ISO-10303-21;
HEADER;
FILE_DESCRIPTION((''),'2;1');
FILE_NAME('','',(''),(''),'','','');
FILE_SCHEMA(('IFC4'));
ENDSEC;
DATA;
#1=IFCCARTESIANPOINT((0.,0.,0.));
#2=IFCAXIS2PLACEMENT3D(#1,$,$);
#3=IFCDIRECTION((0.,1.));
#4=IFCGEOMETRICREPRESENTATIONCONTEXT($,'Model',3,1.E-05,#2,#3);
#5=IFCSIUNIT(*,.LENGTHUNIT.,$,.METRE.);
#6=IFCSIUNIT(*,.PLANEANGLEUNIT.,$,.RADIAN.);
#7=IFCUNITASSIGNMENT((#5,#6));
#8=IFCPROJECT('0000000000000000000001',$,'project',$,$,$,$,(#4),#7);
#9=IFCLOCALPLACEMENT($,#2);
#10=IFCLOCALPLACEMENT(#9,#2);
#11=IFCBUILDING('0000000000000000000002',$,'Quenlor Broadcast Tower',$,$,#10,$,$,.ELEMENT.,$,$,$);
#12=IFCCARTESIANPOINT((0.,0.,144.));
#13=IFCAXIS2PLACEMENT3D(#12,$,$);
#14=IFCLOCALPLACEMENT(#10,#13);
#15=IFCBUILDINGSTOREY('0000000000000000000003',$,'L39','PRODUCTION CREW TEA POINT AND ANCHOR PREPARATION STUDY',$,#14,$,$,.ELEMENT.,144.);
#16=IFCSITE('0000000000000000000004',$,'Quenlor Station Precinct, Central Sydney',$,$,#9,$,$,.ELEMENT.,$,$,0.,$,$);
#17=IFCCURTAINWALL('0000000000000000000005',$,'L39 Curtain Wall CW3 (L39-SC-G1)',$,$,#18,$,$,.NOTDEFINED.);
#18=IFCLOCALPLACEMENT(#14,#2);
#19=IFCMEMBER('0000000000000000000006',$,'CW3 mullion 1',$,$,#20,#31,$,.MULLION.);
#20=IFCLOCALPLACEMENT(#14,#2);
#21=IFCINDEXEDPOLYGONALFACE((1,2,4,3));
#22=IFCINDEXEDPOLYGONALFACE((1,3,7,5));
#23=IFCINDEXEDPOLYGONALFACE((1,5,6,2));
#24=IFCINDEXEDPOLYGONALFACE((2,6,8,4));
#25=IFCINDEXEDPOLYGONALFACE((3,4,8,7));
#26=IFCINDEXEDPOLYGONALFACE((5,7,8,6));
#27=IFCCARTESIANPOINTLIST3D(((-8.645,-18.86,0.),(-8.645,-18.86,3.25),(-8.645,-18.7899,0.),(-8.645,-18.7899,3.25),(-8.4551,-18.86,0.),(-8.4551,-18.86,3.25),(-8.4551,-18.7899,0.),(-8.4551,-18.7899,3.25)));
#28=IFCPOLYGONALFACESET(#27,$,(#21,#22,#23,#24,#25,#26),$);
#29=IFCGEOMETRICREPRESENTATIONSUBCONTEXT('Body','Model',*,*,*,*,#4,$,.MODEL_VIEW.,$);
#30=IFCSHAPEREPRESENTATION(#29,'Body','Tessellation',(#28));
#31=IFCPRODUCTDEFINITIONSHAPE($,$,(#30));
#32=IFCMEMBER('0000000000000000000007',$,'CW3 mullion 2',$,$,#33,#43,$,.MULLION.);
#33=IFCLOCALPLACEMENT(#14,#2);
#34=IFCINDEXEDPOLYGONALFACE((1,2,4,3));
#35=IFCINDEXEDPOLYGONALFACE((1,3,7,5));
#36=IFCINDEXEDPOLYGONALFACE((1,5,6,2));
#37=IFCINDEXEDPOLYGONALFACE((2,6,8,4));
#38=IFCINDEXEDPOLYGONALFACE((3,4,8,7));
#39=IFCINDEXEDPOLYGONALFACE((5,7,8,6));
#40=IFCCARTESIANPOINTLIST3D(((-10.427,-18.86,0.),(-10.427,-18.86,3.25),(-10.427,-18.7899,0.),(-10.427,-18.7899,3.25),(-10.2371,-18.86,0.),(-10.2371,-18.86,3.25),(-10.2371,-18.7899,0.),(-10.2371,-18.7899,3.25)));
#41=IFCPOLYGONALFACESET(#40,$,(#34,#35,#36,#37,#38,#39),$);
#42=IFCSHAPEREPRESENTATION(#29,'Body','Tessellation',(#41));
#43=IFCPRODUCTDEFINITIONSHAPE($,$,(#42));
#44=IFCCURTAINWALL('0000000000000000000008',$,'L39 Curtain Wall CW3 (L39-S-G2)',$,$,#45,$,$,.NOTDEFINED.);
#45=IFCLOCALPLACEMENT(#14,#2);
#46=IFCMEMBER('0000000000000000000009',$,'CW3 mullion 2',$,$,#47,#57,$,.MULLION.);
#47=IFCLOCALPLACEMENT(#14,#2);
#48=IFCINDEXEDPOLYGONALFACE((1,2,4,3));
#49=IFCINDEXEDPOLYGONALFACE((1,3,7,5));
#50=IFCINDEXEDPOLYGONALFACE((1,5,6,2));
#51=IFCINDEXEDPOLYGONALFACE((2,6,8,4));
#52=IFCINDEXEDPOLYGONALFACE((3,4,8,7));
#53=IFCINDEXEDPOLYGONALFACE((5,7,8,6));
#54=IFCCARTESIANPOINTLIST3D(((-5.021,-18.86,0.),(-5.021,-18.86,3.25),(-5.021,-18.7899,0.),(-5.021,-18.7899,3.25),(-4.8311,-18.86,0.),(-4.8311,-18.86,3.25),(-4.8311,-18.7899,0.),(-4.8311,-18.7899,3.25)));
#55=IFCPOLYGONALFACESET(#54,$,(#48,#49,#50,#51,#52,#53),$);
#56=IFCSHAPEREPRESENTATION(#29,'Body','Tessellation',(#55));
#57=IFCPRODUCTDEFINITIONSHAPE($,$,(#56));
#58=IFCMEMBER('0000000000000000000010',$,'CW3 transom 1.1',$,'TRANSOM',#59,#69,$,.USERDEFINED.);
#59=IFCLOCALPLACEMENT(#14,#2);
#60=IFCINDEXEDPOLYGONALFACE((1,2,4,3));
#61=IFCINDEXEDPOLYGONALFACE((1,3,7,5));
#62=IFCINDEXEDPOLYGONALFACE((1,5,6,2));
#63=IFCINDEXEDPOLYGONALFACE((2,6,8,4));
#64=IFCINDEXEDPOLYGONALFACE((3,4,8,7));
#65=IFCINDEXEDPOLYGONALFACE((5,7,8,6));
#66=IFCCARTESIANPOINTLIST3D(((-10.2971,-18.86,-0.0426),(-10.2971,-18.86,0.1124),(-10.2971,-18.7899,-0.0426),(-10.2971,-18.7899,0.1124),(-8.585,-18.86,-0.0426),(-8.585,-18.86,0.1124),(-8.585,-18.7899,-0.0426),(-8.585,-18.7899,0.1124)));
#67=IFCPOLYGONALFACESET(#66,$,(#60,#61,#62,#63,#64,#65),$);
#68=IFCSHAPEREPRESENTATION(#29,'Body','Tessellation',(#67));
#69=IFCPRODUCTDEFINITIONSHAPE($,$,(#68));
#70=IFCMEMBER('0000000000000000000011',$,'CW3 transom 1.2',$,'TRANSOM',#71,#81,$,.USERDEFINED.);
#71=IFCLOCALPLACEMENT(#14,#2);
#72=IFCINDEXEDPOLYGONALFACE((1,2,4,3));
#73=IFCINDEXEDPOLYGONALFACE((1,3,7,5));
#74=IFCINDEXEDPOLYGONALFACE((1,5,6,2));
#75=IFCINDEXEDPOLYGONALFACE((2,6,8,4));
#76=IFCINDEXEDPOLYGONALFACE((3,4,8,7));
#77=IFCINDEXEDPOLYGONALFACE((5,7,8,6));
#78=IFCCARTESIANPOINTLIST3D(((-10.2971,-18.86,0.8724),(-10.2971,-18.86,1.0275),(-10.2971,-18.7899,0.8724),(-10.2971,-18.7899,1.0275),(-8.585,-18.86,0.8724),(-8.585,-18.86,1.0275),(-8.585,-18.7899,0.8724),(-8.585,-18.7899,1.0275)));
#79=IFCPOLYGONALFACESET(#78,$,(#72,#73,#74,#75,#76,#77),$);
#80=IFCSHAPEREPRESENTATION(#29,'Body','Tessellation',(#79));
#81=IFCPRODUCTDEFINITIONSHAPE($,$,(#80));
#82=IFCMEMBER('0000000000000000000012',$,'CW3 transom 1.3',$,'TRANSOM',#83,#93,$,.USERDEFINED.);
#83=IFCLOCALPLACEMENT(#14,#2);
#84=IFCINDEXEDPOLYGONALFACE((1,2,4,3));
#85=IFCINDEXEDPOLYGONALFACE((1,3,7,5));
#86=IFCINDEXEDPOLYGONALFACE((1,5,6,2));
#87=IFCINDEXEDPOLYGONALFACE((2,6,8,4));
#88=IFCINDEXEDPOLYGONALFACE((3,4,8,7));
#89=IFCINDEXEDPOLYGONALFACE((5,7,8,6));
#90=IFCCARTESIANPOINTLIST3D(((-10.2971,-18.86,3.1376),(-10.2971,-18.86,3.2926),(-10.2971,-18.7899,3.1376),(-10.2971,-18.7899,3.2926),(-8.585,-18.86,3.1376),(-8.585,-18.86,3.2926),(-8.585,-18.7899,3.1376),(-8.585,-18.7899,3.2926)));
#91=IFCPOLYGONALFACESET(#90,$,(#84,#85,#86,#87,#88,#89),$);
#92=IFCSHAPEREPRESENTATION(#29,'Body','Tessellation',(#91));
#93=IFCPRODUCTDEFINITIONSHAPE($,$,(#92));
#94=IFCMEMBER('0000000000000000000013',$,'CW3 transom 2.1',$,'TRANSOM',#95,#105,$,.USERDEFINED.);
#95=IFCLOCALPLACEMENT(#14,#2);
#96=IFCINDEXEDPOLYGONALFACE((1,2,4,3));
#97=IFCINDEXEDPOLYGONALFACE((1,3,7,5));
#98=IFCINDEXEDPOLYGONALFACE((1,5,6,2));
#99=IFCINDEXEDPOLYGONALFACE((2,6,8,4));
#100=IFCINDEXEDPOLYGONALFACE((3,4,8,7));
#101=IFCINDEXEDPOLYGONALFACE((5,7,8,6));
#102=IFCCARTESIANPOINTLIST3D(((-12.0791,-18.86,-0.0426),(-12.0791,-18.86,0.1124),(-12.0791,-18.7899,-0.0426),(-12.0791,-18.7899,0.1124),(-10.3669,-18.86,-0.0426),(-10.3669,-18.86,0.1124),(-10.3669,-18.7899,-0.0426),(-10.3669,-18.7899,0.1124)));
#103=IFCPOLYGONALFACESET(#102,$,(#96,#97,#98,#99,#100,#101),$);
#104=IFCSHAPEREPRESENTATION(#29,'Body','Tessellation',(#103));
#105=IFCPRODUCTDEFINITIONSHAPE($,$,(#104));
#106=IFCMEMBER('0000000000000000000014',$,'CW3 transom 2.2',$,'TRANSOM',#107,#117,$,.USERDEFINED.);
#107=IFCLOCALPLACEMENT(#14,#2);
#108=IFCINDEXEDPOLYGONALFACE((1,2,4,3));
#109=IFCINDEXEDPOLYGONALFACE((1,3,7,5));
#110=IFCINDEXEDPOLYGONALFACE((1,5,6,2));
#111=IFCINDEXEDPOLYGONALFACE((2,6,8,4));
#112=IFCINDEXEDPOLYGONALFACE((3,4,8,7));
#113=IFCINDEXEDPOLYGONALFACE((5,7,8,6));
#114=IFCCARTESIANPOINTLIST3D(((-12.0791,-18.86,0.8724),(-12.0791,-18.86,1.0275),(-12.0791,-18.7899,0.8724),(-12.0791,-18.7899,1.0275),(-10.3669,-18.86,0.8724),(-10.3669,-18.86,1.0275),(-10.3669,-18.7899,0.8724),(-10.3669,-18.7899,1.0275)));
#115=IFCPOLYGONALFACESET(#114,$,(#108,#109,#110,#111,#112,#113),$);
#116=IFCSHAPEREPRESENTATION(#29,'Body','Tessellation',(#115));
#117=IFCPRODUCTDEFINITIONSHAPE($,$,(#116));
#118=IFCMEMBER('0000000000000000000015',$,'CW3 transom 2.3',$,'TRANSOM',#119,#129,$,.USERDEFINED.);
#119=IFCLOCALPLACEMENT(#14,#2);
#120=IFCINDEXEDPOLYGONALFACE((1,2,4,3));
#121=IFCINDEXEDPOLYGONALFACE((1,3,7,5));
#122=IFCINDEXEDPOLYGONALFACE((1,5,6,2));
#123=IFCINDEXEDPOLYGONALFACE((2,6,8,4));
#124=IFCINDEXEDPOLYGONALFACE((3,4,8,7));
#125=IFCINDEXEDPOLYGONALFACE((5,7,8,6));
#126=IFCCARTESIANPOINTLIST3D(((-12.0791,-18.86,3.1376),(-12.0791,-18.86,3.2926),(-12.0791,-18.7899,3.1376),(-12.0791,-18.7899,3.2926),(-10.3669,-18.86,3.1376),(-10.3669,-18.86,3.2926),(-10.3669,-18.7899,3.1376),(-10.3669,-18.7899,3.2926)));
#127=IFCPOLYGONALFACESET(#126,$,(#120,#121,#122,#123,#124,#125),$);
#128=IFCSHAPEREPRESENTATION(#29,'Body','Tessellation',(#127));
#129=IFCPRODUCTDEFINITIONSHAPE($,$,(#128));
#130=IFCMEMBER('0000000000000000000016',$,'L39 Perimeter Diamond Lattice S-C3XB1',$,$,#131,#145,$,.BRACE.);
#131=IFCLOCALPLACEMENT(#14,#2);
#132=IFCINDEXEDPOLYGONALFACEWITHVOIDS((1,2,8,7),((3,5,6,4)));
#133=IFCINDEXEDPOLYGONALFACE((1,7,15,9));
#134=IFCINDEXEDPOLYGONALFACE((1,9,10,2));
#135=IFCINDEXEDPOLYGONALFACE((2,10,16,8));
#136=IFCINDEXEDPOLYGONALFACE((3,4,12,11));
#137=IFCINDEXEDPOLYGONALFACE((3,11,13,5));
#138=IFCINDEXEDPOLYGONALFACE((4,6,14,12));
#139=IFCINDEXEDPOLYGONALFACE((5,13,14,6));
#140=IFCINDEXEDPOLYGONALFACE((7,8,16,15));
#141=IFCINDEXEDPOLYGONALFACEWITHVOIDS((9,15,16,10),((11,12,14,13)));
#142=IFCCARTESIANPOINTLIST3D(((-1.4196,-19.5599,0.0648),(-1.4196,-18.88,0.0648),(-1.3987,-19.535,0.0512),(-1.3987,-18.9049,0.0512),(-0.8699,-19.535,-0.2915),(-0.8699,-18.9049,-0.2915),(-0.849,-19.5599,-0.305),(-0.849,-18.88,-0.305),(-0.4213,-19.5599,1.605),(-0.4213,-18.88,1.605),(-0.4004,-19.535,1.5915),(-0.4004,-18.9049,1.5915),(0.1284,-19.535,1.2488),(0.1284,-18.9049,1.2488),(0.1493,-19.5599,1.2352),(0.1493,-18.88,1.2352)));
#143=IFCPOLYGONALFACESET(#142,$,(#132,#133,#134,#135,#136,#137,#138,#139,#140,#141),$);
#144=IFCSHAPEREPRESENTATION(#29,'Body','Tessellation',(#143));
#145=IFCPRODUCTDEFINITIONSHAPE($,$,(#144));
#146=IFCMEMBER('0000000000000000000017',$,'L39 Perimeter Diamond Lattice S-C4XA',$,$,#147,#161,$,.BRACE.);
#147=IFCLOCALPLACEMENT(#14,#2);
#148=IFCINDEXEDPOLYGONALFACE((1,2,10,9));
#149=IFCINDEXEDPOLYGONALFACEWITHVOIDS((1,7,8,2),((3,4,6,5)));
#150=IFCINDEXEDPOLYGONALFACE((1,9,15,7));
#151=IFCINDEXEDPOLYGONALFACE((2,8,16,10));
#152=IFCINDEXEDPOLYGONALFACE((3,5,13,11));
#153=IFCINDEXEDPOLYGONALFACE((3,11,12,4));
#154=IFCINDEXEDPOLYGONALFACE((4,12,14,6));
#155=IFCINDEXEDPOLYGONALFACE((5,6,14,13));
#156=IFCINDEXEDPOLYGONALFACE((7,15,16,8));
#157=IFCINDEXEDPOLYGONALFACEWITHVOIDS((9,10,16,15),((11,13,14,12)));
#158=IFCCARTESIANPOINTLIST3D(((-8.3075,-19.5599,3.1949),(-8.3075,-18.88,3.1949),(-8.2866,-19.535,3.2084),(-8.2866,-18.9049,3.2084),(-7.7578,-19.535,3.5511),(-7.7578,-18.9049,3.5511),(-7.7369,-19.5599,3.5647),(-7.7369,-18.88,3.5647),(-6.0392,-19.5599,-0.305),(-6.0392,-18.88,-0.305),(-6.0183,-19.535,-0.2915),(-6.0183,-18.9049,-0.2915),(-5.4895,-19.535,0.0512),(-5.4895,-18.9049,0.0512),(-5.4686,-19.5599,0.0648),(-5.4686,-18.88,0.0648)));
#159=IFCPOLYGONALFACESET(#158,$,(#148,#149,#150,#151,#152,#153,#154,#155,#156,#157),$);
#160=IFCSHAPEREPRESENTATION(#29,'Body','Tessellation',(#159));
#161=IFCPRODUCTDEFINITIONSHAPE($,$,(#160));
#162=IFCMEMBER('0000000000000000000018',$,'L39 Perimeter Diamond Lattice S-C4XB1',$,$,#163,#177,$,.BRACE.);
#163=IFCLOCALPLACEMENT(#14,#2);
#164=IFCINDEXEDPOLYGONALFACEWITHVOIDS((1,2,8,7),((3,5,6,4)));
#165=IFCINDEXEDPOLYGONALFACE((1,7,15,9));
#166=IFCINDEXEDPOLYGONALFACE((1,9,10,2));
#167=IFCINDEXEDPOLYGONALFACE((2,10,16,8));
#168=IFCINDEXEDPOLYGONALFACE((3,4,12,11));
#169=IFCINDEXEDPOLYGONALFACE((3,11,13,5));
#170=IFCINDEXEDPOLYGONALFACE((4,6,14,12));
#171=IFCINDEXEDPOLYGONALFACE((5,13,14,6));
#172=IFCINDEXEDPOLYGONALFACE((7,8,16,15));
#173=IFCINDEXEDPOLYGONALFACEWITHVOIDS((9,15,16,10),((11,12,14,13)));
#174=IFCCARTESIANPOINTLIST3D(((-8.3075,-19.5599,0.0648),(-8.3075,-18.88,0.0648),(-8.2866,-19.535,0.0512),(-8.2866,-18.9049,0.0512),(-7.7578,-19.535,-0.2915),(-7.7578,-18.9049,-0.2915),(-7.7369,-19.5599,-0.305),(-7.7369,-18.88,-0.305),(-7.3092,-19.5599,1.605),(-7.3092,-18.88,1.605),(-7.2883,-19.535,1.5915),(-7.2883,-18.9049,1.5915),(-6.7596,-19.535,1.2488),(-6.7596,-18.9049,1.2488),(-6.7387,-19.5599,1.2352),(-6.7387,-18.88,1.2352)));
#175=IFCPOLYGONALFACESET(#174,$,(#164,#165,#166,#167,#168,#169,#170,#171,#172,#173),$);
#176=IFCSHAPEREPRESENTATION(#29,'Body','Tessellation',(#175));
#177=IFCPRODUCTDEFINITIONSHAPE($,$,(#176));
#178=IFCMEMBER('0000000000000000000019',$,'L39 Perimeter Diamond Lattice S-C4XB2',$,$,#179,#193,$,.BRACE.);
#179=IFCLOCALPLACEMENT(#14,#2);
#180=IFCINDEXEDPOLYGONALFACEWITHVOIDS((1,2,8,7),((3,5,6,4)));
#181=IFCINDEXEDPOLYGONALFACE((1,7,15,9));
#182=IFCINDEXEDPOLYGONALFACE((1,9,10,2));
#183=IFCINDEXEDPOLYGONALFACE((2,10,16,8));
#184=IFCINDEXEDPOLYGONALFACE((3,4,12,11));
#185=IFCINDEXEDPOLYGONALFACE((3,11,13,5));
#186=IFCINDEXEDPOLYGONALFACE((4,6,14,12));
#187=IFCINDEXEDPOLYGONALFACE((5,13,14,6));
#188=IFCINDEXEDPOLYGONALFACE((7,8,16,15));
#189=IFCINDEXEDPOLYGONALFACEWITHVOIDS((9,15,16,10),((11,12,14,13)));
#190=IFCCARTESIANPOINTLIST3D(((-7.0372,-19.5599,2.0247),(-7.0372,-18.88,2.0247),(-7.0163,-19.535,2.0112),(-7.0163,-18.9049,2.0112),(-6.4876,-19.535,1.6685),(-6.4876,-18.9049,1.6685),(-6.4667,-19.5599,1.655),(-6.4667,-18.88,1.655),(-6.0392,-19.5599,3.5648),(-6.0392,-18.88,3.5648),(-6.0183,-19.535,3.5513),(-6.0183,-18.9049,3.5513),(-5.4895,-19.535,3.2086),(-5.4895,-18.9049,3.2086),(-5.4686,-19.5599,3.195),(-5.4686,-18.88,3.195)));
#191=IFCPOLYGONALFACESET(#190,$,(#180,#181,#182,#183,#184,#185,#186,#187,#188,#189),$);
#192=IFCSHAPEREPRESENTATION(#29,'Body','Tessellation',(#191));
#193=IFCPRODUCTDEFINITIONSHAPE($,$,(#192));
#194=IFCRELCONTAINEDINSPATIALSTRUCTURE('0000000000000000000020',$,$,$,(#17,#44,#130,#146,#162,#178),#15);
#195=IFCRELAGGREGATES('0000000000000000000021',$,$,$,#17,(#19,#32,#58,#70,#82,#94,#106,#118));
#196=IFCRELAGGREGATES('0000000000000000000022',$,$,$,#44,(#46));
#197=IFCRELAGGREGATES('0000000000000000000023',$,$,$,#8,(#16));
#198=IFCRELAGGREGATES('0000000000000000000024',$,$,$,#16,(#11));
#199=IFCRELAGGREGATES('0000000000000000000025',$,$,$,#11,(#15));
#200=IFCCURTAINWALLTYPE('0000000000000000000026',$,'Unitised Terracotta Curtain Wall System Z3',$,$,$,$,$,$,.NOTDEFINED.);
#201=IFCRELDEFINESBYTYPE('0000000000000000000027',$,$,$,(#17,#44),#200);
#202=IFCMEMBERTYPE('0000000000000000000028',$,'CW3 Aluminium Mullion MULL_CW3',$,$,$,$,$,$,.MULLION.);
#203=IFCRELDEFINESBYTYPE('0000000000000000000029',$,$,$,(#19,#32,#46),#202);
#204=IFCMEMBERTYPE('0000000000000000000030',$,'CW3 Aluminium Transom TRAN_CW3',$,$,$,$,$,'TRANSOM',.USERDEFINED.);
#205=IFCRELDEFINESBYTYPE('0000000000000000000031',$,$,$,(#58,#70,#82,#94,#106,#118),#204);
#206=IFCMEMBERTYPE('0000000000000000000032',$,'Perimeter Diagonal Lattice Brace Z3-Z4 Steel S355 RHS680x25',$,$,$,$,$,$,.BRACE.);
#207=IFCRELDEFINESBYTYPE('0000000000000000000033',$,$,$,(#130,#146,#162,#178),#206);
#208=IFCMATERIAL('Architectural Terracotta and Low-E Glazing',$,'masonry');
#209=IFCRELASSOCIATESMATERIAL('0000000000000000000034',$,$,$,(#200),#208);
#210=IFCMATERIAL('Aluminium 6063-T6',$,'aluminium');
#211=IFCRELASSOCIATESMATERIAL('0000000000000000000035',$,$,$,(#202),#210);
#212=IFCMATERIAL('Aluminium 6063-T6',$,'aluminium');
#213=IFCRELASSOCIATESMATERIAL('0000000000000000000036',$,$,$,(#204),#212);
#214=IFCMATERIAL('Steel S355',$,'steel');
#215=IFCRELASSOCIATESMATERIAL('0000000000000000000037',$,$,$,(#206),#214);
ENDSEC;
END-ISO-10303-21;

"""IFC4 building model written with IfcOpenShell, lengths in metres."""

from ifc_helpers import new_model, si_unit, direction, frame, origin, origin_2d, place, context, subcontext, project, spatial, rectangle, hollow_rectangle, extrude, material, material_profile, profile_set, type_object, element, aggregate, save


model = new_model("IFC4")

# Units and contexts
model_context = context("Model", 3, precision=1e-05, world=origin(), true_north=direction((0.0, 1.0)))
body_context = subcontext(model_context, "Body", "Model", "MODEL_VIEW")
ifc_project = project(units=[si_unit("LENGTHUNIT", "METRE"), si_unit("PLANEANGLEUNIT", "RADIAN")], contexts=[model_context])

# Site, building, storey
site_placement = place(None, origin())
site = spatial("IfcSite", under=ifc_project, at=site_placement, Name="Quenlor Station Precinct, Central Sydney", CompositionType="ELEMENT", RefElevation=0.0)
building_placement = place(site_placement, origin())
building = spatial("IfcBuilding", under=site, at=building_placement, Name="Quenlor Broadcast Tower", CompositionType="ELEMENT")
storey_placement = place(building_placement, frame((0.0, 0.0, 144.0)))
storey = spatial("IfcBuildingStorey", under=building, at=storey_placement, Name="L39", Description="PRODUCTION CREW TEA POINT AND ANCHOR PREPARATION STUDY", CompositionType="ELEMENT", Elevation=144.0)

# Curtain wall, members
ifc_material_1 = material(Name="Architectural Terracotta and Low-E Glazing", Category="masonry")
curtain_wall_type = type_object("IfcCurtainWallType", Name="Unitised Terracotta Curtain Wall System Z3", PredefinedType="NOTDEFINED", material=ifc_material_1)
curtain_wall_1_placement = place(storey_placement, origin())
curtain_wall_1 = element("IfcCurtainWall", 1, at=curtain_wall_1_placement, inside=storey, type_object=curtain_wall_type, Name="L39 Curtain Wall CW3 (L39-SC-G1)", PredefinedType="NOTDEFINED")
ifc_material_2 = material(Name="Aluminium 6063-T6", Category="aluminium")
ifc_material_profile_1 = material_profile(ifc_material_2, rectangle(XDim=0.0701, YDim=0.1899, at=origin_2d()))
ifc_profile_set_1 = profile_set([ifc_material_profile_1], Name="Aluminium 6063-T6 MULL70x190")
member_type_1 = type_object("IfcMemberType", Name="CW3 Aluminium Mullion MULL_CW3", PredefinedType="MULLION", material=ifc_profile_set_1)
member_1_placement = place(storey_placement, frame((-8.55, -18.825, 0.0), z_axis=(0.0, 0.0, 1.0), x_axis=(0.0, -1.0, 0.0)))
member_1 = element("IfcMember", 2, at=member_1_placement, type_object=member_type_1, Name="CW3 mullion 1", PredefinedType="MULLION", context=body_context, shape_type="SweptSolid", body=[
    extrude(rectangle(XDim=0.0701, YDim=0.1899, at=origin_2d()), origin(), (0.0, 0.0, 1.0), 3.25),
])
member_2_placement = place(storey_placement, frame((-10.332, -18.825, 0.0), z_axis=(0.0, 0.0, 1.0), x_axis=(0.0, -1.0, 0.0)))
member_2 = element("IfcMember", 3, at=member_2_placement, type_object=member_type_1, Name="CW3 mullion 2", PredefinedType="MULLION", context=body_context, shape_type="SweptSolid", body=[
    extrude(rectangle(XDim=0.0701, YDim=0.1899, at=origin_2d()), origin(), (0.0, 0.0, 1.0), 3.25),
])

# Curtain wall, member
curtain_wall_2_placement = place(storey_placement, origin())
curtain_wall_2 = element("IfcCurtainWall", 4, at=curtain_wall_2_placement, inside=storey, type_object=curtain_wall_type, Name="L39 Curtain Wall CW3 (L39-S-G2)", PredefinedType="NOTDEFINED")
member_3_placement = place(storey_placement, frame((-4.926, -18.825, 0.0), z_axis=(0.0, 0.0, 1.0), x_axis=(0.0, -1.0, 0.0)))
member_3 = element("IfcMember", 5, at=member_3_placement, type_object=member_type_1, Name="CW3 mullion 2", PredefinedType="MULLION", context=body_context, shape_type="SweptSolid", body=[
    extrude(rectangle(XDim=0.0701, YDim=0.1899, at=origin_2d()), origin(), (0.0, 0.0, 1.0), 3.25),
])

# Members
ifc_material_3 = material(Name="Aluminium 6063-T6", Category="aluminium")
ifc_material_profile_2 = material_profile(ifc_material_3, rectangle(XDim=0.0701, YDim=0.155, at=origin_2d()))
ifc_profile_set_2 = profile_set([ifc_material_profile_2], Name="Aluminium 6063-T6 TRAN70x155")
member_type_2 = type_object("IfcMemberType", Name="CW3 Aluminium Transom TRAN_CW3", ElementType="TRANSOM", PredefinedType="USERDEFINED", material=ifc_profile_set_2)
member_4_placement = place(storey_placement, frame((-8.585, -18.825, 0.0349), z_axis=(-1.0, 0.0, 0.0), x_axis=(0.0, -1.0, 0.0)))
member_4 = element("IfcMember", 6, at=member_4_placement, type_object=member_type_2, Name="CW3 transom 1.1", ObjectType="TRANSOM", PredefinedType="USERDEFINED", context=body_context, shape_type="SweptSolid", body=[
    extrude(rectangle(XDim=0.0701, YDim=0.155, at=origin_2d()), origin(), (0.0, 0.0, 1.0), 1.7122),
])
member_5_placement = place(storey_placement, frame((-8.585, -18.825, 0.95), z_axis=(-1.0, 0.0, 0.0), x_axis=(0.0, -1.0, 0.0)))
member_5 = element("IfcMember", 7, at=member_5_placement, type_object=member_type_2, Name="CW3 transom 1.2", ObjectType="TRANSOM", PredefinedType="USERDEFINED", context=body_context, shape_type="SweptSolid", body=[
    extrude(rectangle(XDim=0.0701, YDim=0.155, at=origin_2d()), origin(), (0.0, 0.0, 1.0), 1.7122),
])
member_6_placement = place(storey_placement, frame((-8.585, -18.825, 3.2151), z_axis=(-1.0, 0.0, 0.0), x_axis=(0.0, -1.0, 0.0)))
member_6 = element("IfcMember", 8, at=member_6_placement, type_object=member_type_2, Name="CW3 transom 1.3", ObjectType="TRANSOM", PredefinedType="USERDEFINED", context=body_context, shape_type="SweptSolid", body=[
    extrude(rectangle(XDim=0.0701, YDim=0.155, at=origin_2d()), origin(), (0.0, 0.0, 1.0), 1.7122),
])
member_7_placement = place(storey_placement, frame((-10.3669, -18.825, 0.0349), z_axis=(-1.0, 0.0, 0.0), x_axis=(0.0, -1.0, 0.0)))
member_7 = element("IfcMember", 9, at=member_7_placement, type_object=member_type_2, Name="CW3 transom 2.1", ObjectType="TRANSOM", PredefinedType="USERDEFINED", context=body_context, shape_type="SweptSolid", body=[
    extrude(rectangle(XDim=0.0701, YDim=0.155, at=origin_2d()), origin(), (0.0, 0.0, 1.0), 1.7122),
])
member_8_placement = place(storey_placement, frame((-10.3669, -18.825, 0.95), z_axis=(-1.0, 0.0, 0.0), x_axis=(0.0, -1.0, 0.0)))
member_8 = element("IfcMember", 10, at=member_8_placement, type_object=member_type_2, Name="CW3 transom 2.2", ObjectType="TRANSOM", PredefinedType="USERDEFINED", context=body_context, shape_type="SweptSolid", body=[
    extrude(rectangle(XDim=0.0701, YDim=0.155, at=origin_2d()), origin(), (0.0, 0.0, 1.0), 1.7122),
])
member_9_placement = place(storey_placement, frame((-10.3669, -18.825, 3.2151), z_axis=(-1.0, 0.0, 0.0), x_axis=(0.0, -1.0, 0.0)))
member_9 = element("IfcMember", 11, at=member_9_placement, type_object=member_type_2, Name="CW3 transom 2.3", ObjectType="TRANSOM", PredefinedType="USERDEFINED", context=body_context, shape_type="SweptSolid", body=[
    extrude(rectangle(XDim=0.0701, YDim=0.155, at=origin_2d()), origin(), (0.0, 0.0, 1.0), 1.7122),
])

# Members
ifc_material_4 = material(Name="Steel S355", Category="steel")
ifc_material_profile_3 = material_profile(ifc_material_4, hollow_rectangle(XDim=0.6799, YDim=0.6799, WallThickness=0.0249, at=origin_2d()))
ifc_profile_set_3 = profile_set([ifc_material_profile_3], Name="Steel S355 RHS680x680x25")
member_type_3 = type_object("IfcMemberType", Name="Perimeter Diagonal Lattice Brace Z3-Z4 Steel S355 RHS680x25", PredefinedType="BRACE", material=ifc_profile_set_3)
member_10_placement = place(storey_placement, frame((-1.1343, -19.22, -0.1201), z_axis=(0.54388, 0.0, 0.839163), x_axis=(0.0, 1.0, 0.0)))
element("IfcMember", 12, at=member_10_placement, inside=storey, type_object=member_type_3, Name="L39 Perimeter Diamond Lattice S-C3XB1", PredefinedType="BRACE", context=body_context, shape_type="SweptSolid", body=[
    extrude(hollow_rectangle(XDim=0.6799, YDim=0.6799, WallThickness=0.0249, at=origin_2d()), origin(), (0.0, 0.0, 1.0), 1.8354),
])
member_11_placement = place(storey_placement, frame((-5.7539, -19.22, -0.1201), z_axis=(-0.54386, 0.0, 0.839176), x_axis=(0.0, -1.0, 0.0)))
element("IfcMember", 13, at=member_11_placement, inside=storey, type_object=member_type_3, Name="L39 Perimeter Diamond Lattice S-C4XA", PredefinedType="BRACE", context=body_context, shape_type="SweptSolid", body=[
    extrude(hollow_rectangle(XDim=0.6799, YDim=0.6799, WallThickness=0.0249, at=origin_2d()), origin(), (0.0, 0.0, 1.0), 4.1707),
])
member_12_placement = place(storey_placement, frame((-8.0222, -19.22, -0.1201), z_axis=(0.54388, 0.0, 0.839163), x_axis=(0.0, 1.0, 0.0)))
element("IfcMember", 14, at=member_12_placement, inside=storey, type_object=member_type_3, Name="L39 Perimeter Diamond Lattice S-C4XB1", PredefinedType="BRACE", context=body_context, shape_type="SweptSolid", body=[
    extrude(hollow_rectangle(XDim=0.6799, YDim=0.6799, WallThickness=0.0249, at=origin_2d()), origin(), (0.0, 0.0, 1.0), 1.8354),
])
member_13_placement = place(storey_placement, frame((-6.752, -19.22, 1.8398), z_axis=(0.543847, 0.0, 0.839184), x_axis=(0.0, 1.0, 0.0)))
element("IfcMember", 15, at=member_13_placement, inside=storey, type_object=member_type_3, Name="L39 Perimeter Diamond Lattice S-C4XB2", PredefinedType="BRACE", context=body_context, shape_type="SweptSolid", body=[
    extrude(hollow_rectangle(XDim=0.6799, YDim=0.6799, WallThickness=0.0249, at=origin_2d()), origin(), (0.0, 0.0, 1.0), 1.8352),
])

aggregate(curtain_wall_1, [member_1, member_2, member_4, member_5, member_6, member_7, member_8, member_9])
aggregate(curtain_wall_2, [member_3])

save(model, "model.ifc")
